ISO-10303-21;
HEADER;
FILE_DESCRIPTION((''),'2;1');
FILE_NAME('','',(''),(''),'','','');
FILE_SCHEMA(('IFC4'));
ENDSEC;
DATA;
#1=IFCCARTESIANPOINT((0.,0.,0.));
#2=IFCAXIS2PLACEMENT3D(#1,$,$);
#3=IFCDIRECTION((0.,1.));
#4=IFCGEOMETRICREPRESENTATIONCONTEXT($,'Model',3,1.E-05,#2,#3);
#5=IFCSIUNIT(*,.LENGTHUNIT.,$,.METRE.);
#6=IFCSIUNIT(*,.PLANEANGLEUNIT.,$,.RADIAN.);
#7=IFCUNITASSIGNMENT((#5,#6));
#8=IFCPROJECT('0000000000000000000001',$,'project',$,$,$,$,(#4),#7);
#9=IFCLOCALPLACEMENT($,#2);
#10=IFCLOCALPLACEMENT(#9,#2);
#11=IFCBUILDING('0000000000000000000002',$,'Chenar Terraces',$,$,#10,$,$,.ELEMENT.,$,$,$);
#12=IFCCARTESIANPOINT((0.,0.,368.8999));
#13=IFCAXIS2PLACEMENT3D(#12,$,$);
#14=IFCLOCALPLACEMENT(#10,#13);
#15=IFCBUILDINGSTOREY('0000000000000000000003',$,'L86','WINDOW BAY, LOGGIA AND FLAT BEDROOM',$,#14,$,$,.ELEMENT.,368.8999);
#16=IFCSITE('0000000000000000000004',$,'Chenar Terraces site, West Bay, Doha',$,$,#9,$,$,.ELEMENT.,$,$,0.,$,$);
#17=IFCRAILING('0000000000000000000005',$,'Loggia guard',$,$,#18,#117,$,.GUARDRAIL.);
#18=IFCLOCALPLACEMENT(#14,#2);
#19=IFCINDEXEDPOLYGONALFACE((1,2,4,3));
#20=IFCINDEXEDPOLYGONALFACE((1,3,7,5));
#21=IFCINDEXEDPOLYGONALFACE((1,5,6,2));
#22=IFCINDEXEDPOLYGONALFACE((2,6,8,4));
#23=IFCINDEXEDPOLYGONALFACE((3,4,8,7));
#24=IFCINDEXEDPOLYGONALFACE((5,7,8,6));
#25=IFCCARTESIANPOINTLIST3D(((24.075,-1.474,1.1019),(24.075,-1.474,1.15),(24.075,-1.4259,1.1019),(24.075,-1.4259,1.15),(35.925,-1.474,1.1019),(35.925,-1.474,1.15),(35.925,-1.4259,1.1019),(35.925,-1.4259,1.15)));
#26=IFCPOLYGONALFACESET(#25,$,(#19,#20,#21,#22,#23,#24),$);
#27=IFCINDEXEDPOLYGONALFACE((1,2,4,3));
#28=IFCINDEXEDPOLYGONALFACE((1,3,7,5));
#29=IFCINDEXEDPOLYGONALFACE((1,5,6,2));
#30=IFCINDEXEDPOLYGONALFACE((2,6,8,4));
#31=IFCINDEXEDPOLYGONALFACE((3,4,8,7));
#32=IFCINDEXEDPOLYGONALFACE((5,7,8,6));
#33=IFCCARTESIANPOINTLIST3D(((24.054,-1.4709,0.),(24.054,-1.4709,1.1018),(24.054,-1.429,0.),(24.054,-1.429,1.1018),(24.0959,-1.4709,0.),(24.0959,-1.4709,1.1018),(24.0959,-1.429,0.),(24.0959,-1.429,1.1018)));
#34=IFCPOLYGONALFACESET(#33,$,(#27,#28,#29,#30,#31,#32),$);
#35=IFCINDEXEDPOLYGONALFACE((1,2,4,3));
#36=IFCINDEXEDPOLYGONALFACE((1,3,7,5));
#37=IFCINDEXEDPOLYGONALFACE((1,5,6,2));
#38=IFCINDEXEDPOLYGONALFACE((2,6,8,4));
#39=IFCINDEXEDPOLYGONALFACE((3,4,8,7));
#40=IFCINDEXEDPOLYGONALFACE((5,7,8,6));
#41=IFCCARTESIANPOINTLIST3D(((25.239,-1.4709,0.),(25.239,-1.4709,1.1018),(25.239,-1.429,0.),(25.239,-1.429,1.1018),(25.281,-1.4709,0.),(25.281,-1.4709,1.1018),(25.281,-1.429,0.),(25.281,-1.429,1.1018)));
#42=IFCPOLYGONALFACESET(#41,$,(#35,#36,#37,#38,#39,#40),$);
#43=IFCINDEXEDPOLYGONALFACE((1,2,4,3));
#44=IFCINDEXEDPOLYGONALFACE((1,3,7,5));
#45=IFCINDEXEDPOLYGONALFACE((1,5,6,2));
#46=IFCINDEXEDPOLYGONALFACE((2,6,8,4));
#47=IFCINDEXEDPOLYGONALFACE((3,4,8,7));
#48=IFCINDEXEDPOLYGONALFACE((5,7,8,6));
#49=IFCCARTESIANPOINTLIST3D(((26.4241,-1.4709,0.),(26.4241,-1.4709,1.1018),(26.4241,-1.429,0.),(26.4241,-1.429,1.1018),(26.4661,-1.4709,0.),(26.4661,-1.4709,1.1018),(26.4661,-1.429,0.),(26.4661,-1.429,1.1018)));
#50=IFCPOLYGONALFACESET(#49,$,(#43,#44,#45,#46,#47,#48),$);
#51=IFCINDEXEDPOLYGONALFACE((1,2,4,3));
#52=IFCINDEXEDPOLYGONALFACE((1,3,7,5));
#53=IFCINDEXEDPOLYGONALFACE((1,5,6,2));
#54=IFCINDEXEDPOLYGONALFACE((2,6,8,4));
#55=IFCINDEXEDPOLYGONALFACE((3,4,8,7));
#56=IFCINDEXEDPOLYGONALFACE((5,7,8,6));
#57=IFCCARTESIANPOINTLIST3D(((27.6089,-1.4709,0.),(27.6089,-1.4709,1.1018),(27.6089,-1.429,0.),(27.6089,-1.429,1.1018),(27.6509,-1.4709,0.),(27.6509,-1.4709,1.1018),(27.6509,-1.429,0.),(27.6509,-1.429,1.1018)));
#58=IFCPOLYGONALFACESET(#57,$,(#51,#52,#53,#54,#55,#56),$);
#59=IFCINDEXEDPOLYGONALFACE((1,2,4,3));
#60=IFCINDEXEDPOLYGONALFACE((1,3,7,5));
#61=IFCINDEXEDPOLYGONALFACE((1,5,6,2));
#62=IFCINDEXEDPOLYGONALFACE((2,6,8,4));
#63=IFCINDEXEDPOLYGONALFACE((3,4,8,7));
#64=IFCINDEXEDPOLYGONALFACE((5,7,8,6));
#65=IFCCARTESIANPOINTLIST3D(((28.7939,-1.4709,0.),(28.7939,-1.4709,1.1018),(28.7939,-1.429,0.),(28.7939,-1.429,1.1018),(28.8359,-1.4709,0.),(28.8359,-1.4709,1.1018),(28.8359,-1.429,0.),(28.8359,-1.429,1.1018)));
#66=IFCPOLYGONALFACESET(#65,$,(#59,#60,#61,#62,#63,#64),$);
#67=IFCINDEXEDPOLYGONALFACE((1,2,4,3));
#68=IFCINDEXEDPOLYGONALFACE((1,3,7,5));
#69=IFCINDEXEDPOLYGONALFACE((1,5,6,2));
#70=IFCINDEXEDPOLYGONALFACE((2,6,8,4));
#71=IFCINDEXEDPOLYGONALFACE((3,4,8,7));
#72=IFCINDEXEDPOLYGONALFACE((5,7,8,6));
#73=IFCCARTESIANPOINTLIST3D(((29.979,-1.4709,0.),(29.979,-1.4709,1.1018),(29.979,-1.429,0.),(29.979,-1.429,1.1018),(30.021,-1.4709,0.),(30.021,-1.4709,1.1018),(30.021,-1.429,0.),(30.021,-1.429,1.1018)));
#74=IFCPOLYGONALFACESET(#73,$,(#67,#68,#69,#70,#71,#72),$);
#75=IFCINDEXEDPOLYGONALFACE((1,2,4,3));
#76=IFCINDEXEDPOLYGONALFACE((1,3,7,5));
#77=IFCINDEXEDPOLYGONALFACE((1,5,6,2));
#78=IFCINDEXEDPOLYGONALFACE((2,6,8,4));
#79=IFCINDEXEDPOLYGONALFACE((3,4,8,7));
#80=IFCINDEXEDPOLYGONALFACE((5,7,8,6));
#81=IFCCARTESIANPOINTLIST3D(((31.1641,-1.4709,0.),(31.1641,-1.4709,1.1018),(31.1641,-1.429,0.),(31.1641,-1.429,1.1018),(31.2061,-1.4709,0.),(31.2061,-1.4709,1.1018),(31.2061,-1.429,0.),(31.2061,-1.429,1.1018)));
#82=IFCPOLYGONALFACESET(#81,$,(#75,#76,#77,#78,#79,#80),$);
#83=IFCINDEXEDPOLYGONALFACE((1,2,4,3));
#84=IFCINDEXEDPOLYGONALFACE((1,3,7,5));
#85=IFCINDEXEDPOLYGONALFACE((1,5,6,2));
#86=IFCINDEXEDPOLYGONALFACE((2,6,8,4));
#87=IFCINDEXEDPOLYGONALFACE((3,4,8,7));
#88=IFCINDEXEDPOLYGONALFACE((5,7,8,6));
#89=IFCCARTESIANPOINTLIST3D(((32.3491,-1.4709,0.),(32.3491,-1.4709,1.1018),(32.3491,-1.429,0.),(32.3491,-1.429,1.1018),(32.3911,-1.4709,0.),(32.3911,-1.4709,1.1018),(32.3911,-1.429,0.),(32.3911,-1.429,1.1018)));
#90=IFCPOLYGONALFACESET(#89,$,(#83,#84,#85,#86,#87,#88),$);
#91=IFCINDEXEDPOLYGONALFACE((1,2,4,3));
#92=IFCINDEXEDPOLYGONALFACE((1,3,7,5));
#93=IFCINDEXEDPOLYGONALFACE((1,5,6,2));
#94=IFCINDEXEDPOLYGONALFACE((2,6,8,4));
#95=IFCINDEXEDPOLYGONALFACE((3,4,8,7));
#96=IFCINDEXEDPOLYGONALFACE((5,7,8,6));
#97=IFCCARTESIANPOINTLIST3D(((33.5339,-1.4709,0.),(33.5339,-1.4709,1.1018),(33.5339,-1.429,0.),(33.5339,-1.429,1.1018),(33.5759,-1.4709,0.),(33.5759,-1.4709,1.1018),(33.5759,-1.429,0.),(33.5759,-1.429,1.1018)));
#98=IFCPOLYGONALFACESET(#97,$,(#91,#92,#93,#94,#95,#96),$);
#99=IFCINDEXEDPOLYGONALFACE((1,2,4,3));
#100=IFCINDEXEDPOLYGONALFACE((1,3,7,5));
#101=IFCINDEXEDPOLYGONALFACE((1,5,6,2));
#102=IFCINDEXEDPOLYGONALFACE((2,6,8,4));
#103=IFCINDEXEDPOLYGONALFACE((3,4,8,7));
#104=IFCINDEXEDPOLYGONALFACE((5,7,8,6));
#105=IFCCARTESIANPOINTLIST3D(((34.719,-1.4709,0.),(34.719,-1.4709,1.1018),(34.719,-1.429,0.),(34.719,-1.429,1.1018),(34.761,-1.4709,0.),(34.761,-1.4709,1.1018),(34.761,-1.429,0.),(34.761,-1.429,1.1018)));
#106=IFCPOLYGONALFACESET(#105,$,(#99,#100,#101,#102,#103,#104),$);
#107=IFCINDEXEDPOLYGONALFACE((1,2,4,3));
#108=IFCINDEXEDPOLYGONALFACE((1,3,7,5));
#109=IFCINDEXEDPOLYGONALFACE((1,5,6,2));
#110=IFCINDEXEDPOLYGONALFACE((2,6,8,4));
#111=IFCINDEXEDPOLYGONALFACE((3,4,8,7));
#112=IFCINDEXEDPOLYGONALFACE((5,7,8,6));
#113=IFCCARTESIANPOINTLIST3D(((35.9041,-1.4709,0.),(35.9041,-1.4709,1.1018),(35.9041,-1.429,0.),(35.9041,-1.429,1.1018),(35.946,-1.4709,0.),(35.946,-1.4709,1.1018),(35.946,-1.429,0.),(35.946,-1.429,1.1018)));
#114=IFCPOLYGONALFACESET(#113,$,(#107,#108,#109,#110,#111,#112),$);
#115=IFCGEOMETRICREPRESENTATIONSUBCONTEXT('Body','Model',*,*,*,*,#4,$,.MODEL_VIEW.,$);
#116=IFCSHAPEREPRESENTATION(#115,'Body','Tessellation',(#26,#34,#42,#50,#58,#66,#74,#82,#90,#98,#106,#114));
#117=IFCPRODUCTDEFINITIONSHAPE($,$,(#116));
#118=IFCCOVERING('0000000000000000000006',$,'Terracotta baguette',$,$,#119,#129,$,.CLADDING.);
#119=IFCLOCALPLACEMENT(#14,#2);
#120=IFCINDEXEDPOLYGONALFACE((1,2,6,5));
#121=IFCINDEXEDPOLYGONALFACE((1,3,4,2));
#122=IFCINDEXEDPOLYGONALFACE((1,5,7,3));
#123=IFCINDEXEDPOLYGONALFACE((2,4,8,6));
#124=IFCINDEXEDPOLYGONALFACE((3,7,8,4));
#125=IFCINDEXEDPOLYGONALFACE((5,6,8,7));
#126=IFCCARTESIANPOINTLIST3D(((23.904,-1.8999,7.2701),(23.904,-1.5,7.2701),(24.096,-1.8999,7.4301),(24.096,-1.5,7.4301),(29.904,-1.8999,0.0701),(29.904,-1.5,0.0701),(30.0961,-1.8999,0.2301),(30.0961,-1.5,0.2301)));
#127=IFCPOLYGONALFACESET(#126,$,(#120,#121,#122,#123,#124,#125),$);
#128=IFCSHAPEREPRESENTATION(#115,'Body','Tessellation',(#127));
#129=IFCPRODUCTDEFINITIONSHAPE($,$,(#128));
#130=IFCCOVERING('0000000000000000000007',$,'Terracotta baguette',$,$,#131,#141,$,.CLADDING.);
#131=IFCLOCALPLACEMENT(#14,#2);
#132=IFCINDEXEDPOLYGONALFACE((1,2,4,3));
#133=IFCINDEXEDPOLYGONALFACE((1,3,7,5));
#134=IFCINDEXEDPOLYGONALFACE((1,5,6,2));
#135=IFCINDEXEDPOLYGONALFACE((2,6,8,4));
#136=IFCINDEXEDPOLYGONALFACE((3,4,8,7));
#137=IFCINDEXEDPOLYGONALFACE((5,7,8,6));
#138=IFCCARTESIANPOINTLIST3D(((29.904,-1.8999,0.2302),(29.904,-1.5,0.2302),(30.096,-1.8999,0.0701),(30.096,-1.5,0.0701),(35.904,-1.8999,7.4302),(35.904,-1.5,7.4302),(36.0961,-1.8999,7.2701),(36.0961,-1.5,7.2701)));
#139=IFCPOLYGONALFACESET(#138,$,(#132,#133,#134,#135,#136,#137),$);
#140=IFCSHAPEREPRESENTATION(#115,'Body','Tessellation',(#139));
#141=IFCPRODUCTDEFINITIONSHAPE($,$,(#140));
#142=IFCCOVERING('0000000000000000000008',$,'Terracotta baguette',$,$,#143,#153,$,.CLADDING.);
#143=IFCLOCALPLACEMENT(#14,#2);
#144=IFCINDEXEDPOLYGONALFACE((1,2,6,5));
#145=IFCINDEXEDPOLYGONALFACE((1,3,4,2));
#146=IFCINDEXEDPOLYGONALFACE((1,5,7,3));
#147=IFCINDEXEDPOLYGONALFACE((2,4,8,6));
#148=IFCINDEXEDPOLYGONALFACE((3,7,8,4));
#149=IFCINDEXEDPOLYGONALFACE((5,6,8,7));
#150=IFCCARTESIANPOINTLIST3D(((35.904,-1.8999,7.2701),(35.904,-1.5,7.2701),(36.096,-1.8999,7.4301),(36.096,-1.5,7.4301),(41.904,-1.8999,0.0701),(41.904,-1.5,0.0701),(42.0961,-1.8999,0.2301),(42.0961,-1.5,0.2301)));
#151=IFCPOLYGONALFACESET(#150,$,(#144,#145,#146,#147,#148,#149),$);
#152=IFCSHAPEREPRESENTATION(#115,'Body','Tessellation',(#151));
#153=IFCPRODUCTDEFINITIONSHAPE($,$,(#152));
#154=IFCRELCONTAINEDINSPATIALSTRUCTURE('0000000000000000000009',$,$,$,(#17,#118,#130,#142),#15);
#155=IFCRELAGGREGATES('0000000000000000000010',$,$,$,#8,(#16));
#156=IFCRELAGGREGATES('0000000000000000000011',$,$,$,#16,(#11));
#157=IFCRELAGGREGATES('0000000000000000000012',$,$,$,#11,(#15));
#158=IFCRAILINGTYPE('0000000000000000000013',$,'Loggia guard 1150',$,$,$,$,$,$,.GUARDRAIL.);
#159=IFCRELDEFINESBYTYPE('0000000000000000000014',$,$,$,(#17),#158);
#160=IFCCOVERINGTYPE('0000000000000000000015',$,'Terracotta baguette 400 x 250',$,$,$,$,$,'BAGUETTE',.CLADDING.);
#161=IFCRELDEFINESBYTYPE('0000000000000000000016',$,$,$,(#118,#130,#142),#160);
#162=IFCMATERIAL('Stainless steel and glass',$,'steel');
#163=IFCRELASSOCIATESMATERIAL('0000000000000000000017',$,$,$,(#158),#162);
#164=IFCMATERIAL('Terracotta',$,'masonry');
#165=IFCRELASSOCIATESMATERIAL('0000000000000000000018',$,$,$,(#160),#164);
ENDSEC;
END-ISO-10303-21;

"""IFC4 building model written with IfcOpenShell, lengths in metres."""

from ifc_helpers import new_model, si_unit, direction, frame, origin, origin_2d, place, context, subcontext, project, spatial, rectangle, extrude, material, material_profile, profile_set, type_object, element, save


model = new_model("IFC4")

# Units and contexts
model_context = context("Model", 3, precision=1e-05, world=origin(), true_north=direction((0.0, 1.0)))
body_context = subcontext(model_context, "Body", "Model", "MODEL_VIEW")
ifc_project = project(units=[si_unit("LENGTHUNIT", "METRE"), si_unit("PLANEANGLEUNIT", "RADIAN")], contexts=[model_context])

# Site, building, storey
site_placement = place(None, origin())
site = spatial("IfcSite", under=ifc_project, at=site_placement, Name="Chenar Terraces site, West Bay, Doha", CompositionType="ELEMENT", RefElevation=0.0)
building_placement = place(site_placement, origin())
building = spatial("IfcBuilding", under=site, at=building_placement, Name="Chenar Terraces", CompositionType="ELEMENT")
storey_placement = place(building_placement, frame((0.0, 0.0, 368.8999)))
storey = spatial("IfcBuildingStorey", under=building, at=storey_placement, Name="L86", Description="WINDOW BAY, LOGGIA AND FLAT BEDROOM", CompositionType="ELEMENT", Elevation=368.8999)

# Railing
ifc_material_1 = material(Name="Stainless steel and glass", Category="steel")
railing_type = type_object("IfcRailingType", Name="Loggia guard 1150", PredefinedType="GUARDRAIL", material=ifc_material_1)
railing_placement = place(storey_placement, frame((24.075, -1.45, 0.0)))
element("IfcRailing", 1, at=railing_placement, inside=storey, type_object=railing_type, Name="Loggia guard", PredefinedType="GUARDRAIL", context=body_context, shape_type="SweptSolid", body=[
    extrude(rectangle(XDim=0.0481, YDim=0.0481, at=origin_2d()), frame((0.0, 0.0, 1.126), z_axis=(1.0, 0.0, 0.0), x_axis=(0.0, 1.0, 0.0)), (0.0, 0.0, 1.0), 11.8501),
    extrude(rectangle(XDim=0.042, YDim=0.042, at=origin_2d()), origin(), (0.0, 0.0, 1.0), 1.1018),
    extrude(rectangle(XDim=0.042, YDim=0.042, at=origin_2d()), frame((1.1851, 0.0, 0.0)), (0.0, 0.0, 1.0), 1.1018),
    extrude(rectangle(XDim=0.042, YDim=0.042, at=origin_2d()), frame((2.3701, 0.0, 0.0)), (0.0, 0.0, 1.0), 1.1018),
    extrude(rectangle(XDim=0.042, YDim=0.042, at=origin_2d()), frame((3.5549, 0.0, 0.0)), (0.0, 0.0, 1.0), 1.1018),
    extrude(rectangle(XDim=0.042, YDim=0.042, at=origin_2d()), frame((4.74, 0.0, 0.0)), (0.0, 0.0, 1.0), 1.1018),
    extrude(rectangle(XDim=0.042, YDim=0.042, at=origin_2d()), frame((5.925, 0.0, 0.0)), (0.0, 0.0, 1.0), 1.1018),
    extrude(rectangle(XDim=0.042, YDim=0.042, at=origin_2d()), frame((7.1101, 0.0, 0.0)), (0.0, 0.0, 1.0), 1.1018),
    extrude(rectangle(XDim=0.042, YDim=0.042, at=origin_2d()), frame((8.2952, 0.0, 0.0)), (0.0, 0.0, 1.0), 1.1018),
    extrude(rectangle(XDim=0.042, YDim=0.042, at=origin_2d()), frame((9.48, 0.0, 0.0)), (0.0, 0.0, 1.0), 1.1018),
    extrude(rectangle(XDim=0.042, YDim=0.042, at=origin_2d()), frame((10.665, 0.0, 0.0)), (0.0, 0.0, 1.0), 1.1018),
    extrude(rectangle(XDim=0.042, YDim=0.042, at=origin_2d()), frame((11.8501, 0.0, 0.0)), (0.0, 0.0, 1.0), 1.1018),
])

# Coverings
ifc_material_2 = material(Name="Terracotta", Category="masonry")
ifc_material_profile_1 = material_profile(ifc_material_2, rectangle(XDim=0.3999, YDim=0.25, at=origin_2d()), Name="Terracotta baguette 400 x 250")
ifc_profile_set_1 = profile_set([ifc_material_profile_1], Name="Terracotta")
covering_type = type_object("IfcCoveringType", Name="Terracotta baguette 400 x 250", ElementType="BAGUETTE", PredefinedType="CLADDING", material=ifc_profile_set_1)
for number, where, z_axis, x_axis, name in (
    (2, (24.0, -1.7, 7.3501), (0.640187, 0.0, -0.768219), (0.0, 1.0, 0.0), "Terracotta baguette"),
    (3, (30.0, -1.7, 0.1501), (0.640187, 0.0, 0.768219), (0.0, 1.0, 0.0), "Terracotta baguette"),
    (4, (36.0, -1.7, 7.3501), (0.640187, 0.0, -0.768219), (0.0, 1.0, 0.0), "Terracotta baguette"),
):
    element("IfcCovering", number, at=place(storey_placement, frame(where, z_axis=z_axis, x_axis=x_axis)), inside=storey, type_object=covering_type, Name=name, PredefinedType="CLADDING", context=body_context, shape_type="SweptSolid", body=[
        extrude(rectangle(XDim=0.3999, YDim=0.25, at=origin_2d()), origin(), (0.0, 0.0, 1.0), 9.3723),
    ])

save(model, "model.ifc")
